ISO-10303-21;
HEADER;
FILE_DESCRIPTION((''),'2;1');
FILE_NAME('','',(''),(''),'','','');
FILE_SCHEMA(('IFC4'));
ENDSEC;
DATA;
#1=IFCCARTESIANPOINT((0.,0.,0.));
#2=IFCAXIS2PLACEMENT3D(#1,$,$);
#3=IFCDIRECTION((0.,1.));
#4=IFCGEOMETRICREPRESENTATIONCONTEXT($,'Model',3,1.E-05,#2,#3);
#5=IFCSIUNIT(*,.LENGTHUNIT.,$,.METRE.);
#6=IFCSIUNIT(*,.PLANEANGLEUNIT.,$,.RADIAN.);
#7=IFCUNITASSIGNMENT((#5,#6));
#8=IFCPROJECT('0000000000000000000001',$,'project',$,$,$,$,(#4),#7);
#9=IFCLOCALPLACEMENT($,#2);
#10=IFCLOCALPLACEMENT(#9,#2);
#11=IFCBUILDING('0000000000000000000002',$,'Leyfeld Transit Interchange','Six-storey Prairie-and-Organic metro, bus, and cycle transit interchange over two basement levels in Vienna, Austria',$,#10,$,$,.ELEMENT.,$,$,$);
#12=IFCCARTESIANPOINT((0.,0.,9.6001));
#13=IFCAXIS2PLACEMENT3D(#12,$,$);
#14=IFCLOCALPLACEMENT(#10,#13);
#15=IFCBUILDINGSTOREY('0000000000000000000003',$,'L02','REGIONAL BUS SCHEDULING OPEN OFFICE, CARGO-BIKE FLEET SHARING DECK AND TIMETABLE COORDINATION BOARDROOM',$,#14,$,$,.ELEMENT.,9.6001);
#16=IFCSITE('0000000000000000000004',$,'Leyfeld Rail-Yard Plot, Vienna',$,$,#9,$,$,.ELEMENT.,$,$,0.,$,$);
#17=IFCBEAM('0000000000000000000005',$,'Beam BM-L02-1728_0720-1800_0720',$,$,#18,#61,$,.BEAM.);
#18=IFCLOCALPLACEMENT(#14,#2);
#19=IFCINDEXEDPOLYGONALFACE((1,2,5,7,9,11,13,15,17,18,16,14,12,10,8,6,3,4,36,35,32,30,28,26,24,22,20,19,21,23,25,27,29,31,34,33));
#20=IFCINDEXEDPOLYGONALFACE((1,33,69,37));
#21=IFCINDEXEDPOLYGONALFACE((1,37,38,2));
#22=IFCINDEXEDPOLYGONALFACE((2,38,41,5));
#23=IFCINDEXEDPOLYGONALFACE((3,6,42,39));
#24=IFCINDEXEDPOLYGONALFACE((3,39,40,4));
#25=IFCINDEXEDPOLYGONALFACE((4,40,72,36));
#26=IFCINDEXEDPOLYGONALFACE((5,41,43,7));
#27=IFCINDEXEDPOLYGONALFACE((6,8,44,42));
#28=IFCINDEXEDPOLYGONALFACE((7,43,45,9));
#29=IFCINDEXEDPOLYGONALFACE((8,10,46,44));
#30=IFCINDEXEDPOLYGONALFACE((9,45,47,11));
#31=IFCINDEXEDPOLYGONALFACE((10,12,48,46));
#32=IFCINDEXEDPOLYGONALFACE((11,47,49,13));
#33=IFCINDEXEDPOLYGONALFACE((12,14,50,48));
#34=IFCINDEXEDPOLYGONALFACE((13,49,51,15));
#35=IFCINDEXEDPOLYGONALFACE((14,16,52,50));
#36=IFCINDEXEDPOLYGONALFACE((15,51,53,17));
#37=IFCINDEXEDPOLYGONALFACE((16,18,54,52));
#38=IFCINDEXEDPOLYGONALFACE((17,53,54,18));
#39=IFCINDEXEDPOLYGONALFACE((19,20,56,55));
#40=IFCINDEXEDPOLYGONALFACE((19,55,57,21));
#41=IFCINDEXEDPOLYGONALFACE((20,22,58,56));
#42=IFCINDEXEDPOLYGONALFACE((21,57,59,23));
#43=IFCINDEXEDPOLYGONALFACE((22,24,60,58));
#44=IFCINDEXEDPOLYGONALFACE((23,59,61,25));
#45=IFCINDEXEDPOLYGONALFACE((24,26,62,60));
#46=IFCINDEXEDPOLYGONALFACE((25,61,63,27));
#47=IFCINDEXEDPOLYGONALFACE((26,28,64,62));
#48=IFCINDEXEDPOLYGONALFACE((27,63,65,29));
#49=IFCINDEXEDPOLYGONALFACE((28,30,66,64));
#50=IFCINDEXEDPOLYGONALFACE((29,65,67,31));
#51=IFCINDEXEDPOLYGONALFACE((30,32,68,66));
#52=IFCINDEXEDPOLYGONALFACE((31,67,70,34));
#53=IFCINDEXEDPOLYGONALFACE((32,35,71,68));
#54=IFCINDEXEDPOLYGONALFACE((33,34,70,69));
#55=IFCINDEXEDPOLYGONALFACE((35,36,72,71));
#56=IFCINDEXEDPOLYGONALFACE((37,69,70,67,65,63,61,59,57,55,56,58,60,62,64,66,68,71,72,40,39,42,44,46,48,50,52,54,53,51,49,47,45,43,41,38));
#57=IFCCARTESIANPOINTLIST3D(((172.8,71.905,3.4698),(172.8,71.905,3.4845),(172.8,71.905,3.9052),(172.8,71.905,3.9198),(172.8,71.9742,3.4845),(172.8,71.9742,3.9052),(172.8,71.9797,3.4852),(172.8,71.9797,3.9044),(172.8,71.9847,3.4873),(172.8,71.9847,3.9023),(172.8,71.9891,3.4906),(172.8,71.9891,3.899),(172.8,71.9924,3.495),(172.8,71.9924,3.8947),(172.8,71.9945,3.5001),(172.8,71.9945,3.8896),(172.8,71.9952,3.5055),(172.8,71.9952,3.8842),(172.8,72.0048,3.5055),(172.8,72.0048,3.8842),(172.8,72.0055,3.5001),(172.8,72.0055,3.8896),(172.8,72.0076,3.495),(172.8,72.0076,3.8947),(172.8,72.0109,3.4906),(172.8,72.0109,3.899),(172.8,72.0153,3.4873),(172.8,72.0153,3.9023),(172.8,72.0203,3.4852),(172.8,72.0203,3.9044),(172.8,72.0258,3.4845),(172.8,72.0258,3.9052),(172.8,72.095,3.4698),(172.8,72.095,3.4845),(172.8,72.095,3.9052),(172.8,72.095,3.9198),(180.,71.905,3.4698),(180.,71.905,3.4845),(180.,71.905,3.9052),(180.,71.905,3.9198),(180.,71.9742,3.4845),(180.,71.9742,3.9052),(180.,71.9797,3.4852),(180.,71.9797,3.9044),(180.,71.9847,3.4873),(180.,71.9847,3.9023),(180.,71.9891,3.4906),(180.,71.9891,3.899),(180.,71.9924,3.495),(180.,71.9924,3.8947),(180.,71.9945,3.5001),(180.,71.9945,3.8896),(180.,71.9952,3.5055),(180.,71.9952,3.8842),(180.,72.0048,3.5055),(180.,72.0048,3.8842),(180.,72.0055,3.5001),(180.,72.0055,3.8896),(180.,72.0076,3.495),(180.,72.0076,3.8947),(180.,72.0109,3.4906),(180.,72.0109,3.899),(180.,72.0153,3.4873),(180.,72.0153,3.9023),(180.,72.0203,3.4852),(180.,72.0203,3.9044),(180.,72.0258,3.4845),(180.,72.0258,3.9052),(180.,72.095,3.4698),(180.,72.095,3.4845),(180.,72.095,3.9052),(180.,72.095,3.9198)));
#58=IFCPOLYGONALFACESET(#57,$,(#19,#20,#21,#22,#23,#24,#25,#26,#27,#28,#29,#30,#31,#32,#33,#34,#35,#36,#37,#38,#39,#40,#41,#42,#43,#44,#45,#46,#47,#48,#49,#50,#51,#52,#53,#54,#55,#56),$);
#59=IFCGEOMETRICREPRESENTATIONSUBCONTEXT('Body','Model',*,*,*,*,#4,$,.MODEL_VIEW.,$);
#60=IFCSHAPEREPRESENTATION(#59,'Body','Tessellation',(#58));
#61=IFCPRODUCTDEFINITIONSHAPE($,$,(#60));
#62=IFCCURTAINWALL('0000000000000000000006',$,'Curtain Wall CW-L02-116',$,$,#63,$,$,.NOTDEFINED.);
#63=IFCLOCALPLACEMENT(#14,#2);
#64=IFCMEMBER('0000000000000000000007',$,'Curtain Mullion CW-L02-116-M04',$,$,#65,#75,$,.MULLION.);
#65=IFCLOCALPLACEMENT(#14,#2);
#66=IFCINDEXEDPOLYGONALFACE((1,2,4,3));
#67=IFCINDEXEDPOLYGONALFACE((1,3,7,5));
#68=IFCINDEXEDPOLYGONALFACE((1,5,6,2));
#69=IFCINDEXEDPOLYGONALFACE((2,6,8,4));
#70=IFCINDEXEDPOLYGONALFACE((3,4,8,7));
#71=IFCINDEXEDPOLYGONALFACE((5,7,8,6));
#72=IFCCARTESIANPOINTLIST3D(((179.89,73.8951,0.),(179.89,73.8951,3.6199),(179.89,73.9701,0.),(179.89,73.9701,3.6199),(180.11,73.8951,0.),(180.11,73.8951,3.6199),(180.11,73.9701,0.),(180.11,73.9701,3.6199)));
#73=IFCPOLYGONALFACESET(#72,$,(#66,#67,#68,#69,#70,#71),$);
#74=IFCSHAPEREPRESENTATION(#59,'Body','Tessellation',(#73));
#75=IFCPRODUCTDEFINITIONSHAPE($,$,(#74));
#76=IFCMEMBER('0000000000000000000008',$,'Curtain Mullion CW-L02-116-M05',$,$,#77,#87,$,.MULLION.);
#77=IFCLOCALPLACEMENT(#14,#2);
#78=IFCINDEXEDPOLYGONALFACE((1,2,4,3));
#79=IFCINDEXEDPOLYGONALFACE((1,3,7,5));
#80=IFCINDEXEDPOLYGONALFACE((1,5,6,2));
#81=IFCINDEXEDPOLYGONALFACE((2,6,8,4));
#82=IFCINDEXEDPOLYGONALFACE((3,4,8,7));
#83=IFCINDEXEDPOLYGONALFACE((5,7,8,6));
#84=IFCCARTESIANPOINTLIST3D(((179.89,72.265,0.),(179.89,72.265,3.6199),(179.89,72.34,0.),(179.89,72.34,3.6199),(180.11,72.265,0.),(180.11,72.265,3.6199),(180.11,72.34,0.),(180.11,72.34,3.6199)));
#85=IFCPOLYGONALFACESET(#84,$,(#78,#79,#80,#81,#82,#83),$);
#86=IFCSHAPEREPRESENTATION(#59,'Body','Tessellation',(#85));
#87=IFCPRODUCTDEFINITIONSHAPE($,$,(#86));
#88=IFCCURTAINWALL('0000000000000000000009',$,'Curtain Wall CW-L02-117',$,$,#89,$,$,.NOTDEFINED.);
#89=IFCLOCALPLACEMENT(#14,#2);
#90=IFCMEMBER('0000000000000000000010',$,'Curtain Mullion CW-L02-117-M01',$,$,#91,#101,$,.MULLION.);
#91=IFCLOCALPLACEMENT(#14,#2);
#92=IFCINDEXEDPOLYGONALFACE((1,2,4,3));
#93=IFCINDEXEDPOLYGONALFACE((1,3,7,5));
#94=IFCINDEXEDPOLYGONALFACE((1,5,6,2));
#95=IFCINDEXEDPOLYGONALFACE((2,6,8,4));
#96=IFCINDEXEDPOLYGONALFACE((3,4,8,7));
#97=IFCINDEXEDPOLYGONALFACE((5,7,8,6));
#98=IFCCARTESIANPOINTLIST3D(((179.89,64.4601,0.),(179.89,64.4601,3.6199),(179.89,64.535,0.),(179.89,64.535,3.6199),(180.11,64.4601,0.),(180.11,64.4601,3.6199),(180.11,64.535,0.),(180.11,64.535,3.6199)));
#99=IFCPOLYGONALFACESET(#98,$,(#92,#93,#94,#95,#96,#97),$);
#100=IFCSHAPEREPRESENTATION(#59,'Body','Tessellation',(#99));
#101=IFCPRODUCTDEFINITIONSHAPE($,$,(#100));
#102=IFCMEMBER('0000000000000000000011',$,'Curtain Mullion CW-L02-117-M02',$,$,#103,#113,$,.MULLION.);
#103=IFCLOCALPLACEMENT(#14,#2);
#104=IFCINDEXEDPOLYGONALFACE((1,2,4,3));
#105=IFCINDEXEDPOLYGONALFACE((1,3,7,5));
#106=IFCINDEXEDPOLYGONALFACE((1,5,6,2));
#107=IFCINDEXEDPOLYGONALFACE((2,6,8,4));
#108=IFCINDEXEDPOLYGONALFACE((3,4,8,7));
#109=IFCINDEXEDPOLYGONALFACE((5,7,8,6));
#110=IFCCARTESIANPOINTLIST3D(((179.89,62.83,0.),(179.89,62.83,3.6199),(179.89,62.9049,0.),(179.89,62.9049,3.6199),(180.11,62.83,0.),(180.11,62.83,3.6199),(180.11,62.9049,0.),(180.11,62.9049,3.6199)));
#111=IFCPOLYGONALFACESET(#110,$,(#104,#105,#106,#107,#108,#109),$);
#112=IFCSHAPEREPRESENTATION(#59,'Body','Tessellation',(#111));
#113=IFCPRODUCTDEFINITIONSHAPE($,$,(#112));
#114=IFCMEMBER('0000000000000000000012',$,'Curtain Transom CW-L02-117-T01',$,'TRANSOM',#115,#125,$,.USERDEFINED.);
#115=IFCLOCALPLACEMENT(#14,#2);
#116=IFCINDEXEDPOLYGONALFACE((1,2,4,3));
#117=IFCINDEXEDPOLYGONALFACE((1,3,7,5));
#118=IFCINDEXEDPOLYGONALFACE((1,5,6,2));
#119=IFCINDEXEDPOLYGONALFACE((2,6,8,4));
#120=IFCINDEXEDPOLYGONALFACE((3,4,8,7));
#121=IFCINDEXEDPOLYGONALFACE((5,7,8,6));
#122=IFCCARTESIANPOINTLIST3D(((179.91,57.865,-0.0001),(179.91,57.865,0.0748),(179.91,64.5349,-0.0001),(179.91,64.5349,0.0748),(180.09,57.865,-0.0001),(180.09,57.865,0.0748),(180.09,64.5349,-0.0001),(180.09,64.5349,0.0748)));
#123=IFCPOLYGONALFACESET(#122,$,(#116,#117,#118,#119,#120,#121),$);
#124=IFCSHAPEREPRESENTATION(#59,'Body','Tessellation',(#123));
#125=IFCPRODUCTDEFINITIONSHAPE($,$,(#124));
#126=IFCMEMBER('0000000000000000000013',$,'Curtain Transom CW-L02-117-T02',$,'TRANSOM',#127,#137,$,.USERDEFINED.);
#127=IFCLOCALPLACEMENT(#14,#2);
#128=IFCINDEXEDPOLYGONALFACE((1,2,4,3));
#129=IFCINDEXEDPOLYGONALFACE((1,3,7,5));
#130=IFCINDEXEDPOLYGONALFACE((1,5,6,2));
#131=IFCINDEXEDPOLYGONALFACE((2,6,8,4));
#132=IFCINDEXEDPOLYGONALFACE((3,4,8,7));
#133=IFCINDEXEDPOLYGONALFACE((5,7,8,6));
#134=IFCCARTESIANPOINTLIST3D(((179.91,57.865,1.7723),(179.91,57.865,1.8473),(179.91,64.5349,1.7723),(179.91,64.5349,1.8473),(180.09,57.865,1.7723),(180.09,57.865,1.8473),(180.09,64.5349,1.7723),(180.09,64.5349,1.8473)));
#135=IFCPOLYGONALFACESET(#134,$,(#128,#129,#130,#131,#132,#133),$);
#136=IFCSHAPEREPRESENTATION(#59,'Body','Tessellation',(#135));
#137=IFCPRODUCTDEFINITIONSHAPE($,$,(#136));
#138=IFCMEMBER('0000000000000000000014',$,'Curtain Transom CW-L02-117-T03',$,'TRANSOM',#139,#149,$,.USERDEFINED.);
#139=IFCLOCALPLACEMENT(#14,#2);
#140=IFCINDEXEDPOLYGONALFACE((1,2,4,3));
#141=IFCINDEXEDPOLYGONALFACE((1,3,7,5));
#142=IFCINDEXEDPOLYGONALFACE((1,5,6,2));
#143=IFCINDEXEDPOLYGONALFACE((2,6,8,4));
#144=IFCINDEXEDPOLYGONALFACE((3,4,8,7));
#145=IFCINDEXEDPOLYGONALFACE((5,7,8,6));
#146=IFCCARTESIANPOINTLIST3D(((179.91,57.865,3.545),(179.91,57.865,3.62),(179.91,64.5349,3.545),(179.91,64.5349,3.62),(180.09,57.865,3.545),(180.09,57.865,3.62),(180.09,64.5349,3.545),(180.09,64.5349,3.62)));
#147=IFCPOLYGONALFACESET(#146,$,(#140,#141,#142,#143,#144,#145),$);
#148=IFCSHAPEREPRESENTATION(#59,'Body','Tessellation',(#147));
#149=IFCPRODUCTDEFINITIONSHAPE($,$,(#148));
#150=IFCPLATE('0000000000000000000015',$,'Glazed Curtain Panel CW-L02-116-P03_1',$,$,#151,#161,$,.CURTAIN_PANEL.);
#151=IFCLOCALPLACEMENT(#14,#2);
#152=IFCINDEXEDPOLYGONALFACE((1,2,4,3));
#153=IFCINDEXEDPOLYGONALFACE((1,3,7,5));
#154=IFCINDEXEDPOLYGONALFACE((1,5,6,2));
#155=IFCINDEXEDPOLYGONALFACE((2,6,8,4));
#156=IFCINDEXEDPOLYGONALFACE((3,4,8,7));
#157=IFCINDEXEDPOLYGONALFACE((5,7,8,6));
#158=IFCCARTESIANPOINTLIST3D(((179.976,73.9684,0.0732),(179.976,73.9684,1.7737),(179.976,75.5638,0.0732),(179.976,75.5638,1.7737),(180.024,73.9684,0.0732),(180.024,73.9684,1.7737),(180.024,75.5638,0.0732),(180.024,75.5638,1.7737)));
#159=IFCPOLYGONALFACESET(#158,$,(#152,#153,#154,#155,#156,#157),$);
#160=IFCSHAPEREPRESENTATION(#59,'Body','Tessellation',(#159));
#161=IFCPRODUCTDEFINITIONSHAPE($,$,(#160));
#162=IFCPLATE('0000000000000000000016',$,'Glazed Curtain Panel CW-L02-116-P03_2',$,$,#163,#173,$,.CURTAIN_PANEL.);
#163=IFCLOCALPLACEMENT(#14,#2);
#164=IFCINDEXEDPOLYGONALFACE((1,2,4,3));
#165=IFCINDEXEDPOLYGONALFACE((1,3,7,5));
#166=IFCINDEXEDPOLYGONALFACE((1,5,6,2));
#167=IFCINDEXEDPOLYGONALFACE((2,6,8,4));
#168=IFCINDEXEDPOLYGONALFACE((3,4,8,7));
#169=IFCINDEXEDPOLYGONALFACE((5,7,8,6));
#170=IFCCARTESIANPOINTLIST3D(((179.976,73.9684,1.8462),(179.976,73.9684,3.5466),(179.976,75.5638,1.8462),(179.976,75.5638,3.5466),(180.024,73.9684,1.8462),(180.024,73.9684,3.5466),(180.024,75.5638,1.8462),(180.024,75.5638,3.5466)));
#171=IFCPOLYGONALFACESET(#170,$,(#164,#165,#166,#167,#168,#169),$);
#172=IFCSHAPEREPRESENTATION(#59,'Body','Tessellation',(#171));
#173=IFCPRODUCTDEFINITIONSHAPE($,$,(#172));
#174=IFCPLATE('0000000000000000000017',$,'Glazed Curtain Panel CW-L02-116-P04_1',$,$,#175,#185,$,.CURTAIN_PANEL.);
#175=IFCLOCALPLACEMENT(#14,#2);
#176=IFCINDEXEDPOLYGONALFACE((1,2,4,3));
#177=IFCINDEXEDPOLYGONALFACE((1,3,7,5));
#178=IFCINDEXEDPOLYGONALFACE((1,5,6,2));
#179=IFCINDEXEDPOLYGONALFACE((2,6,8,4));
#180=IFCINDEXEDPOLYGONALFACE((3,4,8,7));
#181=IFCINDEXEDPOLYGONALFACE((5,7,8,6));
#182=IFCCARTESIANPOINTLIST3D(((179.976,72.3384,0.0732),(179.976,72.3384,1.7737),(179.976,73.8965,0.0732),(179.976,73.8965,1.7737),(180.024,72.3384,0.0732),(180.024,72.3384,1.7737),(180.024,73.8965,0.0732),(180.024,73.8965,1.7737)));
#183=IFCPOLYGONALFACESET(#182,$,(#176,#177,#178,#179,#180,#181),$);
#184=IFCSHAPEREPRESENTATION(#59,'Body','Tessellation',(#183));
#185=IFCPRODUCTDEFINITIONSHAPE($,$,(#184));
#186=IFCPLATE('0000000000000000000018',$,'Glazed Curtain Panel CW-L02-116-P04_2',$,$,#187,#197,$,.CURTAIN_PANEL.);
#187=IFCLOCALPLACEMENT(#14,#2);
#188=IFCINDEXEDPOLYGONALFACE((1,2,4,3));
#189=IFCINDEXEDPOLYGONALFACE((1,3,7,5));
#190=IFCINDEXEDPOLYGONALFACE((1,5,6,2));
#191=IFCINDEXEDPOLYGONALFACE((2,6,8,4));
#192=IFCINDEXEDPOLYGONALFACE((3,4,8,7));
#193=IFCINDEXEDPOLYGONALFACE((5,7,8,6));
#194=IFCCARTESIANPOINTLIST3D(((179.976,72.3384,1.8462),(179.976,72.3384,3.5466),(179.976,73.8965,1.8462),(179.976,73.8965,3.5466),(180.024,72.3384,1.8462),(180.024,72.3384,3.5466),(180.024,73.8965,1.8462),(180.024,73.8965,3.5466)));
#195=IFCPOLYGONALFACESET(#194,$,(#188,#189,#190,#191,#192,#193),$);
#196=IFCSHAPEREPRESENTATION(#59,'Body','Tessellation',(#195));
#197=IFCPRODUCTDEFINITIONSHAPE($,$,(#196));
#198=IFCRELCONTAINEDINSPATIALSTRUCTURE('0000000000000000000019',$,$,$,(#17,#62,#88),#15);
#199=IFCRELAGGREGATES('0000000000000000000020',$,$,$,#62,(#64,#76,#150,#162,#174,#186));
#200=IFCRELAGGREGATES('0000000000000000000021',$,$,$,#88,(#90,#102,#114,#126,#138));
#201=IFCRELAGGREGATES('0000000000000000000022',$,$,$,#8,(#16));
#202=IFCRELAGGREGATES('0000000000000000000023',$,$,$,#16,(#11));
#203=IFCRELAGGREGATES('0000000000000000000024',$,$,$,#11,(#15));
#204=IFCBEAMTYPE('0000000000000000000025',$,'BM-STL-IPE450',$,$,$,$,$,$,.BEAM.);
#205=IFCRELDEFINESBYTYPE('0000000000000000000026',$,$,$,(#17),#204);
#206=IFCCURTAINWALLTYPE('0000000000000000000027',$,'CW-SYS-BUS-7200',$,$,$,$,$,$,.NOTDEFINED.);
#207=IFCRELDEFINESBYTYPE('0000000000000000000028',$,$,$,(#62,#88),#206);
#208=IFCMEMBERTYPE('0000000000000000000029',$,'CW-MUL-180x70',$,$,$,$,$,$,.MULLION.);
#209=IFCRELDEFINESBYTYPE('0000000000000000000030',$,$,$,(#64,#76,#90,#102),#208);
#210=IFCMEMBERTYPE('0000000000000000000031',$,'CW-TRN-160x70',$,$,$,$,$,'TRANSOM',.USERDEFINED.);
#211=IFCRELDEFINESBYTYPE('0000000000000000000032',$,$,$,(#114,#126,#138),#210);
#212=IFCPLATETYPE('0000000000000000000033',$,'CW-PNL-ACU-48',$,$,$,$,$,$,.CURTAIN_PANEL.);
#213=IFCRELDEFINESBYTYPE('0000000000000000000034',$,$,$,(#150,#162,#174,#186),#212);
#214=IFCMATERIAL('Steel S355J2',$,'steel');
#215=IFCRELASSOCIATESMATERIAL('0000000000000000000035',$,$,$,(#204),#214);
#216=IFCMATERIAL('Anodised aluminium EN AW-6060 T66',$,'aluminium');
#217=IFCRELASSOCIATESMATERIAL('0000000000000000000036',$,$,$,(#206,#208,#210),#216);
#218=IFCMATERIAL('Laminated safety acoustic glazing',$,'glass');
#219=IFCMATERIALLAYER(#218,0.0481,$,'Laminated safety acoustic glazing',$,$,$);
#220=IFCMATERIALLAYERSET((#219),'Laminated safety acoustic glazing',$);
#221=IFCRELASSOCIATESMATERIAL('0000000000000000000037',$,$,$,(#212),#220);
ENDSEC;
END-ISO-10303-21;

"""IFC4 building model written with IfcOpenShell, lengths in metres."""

from ifc_helpers import new_model, si_unit, direction, frame, origin, origin_2d, place, context, subcontext, project, spatial, rectangle, i_section, extrude, material, layer, layer_set, material_profile, profile_set, type_object, element, aggregate, save


model = new_model("IFC4")

# Units and contexts
model_context = context("Model", 3, precision=1e-05, world=origin(), true_north=direction((0.0, 1.0)))
body_context = subcontext(model_context, "Body", "Model", "MODEL_VIEW")
ifc_project = project(units=[si_unit("LENGTHUNIT", "METRE"), si_unit("PLANEANGLEUNIT", "RADIAN")], contexts=[model_context])

# Site, building, storey
site_placement = place(None, origin())
site = spatial("IfcSite", under=ifc_project, at=site_placement, Name="Leyfeld Rail-Yard Plot, Vienna", CompositionType="ELEMENT", RefElevation=0.0)
building_placement = place(site_placement, origin())
building = spatial("IfcBuilding", under=site, at=building_placement, Name="Leyfeld Transit Interchange", Description="Six-storey Prairie-and-Organic metro, bus, and cycle transit interchange over two basement levels in Vienna, Austria", CompositionType="ELEMENT")
storey_placement = place(building_placement, frame((0.0, 0.0, 9.6001)))
storey = spatial("IfcBuildingStorey", under=building, at=storey_placement, Name="L02", Description="REGIONAL BUS SCHEDULING OPEN OFFICE, CARGO-BIKE FLEET SHARING DECK AND TIMETABLE COORDINATION BOARDROOM", CompositionType="ELEMENT", Elevation=9.6001)

# Beam
ifc_material_1 = material(Name="Steel S355J2", Category="steel")
ifc_material_profile_1 = material_profile(ifc_material_1, i_section(OverallWidth=0.1899, OverallDepth=0.45, WebThickness=0.0095, FlangeThickness=0.0146, FilletRadius=0.021, at=origin_2d()), Name="IPE 450")
ifc_profile_set_1 = profile_set([ifc_material_profile_1], Name="Steel S355J2")
beam_type_1 = type_object("IfcBeamType", Name="BM-STL-IPE450", PredefinedType="BEAM", material=ifc_profile_set_1)
beam_1_placement = place(storey_placement, frame((172.8, 72.0, 3.6948), z_axis=(1.0, 0.0, 0.0), x_axis=(0.0, 1.0, 0.0)))
element("IfcBeam", 1, at=beam_1_placement, inside=storey, type_object=beam_type_1, Name="Beam BM-L02-1728_0720-1800_0720", PredefinedType="BEAM", context=body_context, shape_type="SweptSolid", body=[
    extrude(i_section(OverallWidth=0.1899, OverallDepth=0.45, WebThickness=0.0095, FlangeThickness=0.0146, FilletRadius=0.021, at=origin_2d()), origin(), (0.0, 0.0, 1.0), 7.2),
])

# Curtain walls, members
ifc_material_2 = material(Name="Anodised aluminium EN AW-6060 T66", Category="aluminium")
curtain_wall_type = type_object("IfcCurtainWallType", Name="CW-SYS-BUS-7200", PredefinedType="NOTDEFINED", material=ifc_material_2)
curtain_wall_1_placement = place(storey_placement, origin())
curtain_wall_1 = element("IfcCurtainWall", 2, at=curtain_wall_1_placement, inside=storey, type_object=curtain_wall_type, Name="Curtain Wall CW-L02-116", PredefinedType="NOTDEFINED")
ifc_material_profile_2 = material_profile(ifc_material_2, rectangle(XDim=0.075, YDim=0.22, at=origin_2d()), Name="CW-M 75x220")
ifc_profile_set_2 = profile_set([ifc_material_profile_2], Name="Anodised aluminium EN AW-6060 T66")
member_type_1 = type_object("IfcMemberType", Name="CW-MUL-180x70", PredefinedType="MULLION", material=ifc_profile_set_2)
member_1_placement = place(storey_placement, frame((180.0, 73.9326, 0.0), z_axis=(0.0, 0.0, 1.0), x_axis=(0.0, -1.0, 0.0)))
member_1 = element("IfcMember", 3, at=member_1_placement, type_object=member_type_1, Name="Curtain Mullion CW-L02-116-M04", PredefinedType="MULLION", context=body_context, shape_type="SweptSolid", body=[
    extrude(rectangle(XDim=0.075, YDim=0.22, at=origin_2d()), origin(), (0.0, 0.0, 1.0), 3.6199),
])
member_2_placement = place(storey_placement, frame((180.0, 72.3025, 0.0), z_axis=(0.0, 0.0, 1.0), x_axis=(0.0, -1.0, 0.0)))
member_2 = element("IfcMember", 4, at=member_2_placement, type_object=member_type_1, Name="Curtain Mullion CW-L02-116-M05", PredefinedType="MULLION", context=body_context, shape_type="SweptSolid", body=[
    extrude(rectangle(XDim=0.075, YDim=0.22, at=origin_2d()), origin(), (0.0, 0.0, 1.0), 3.6199),
])
curtain_wall_2_placement = place(storey_placement, origin())
curtain_wall_2 = element("IfcCurtainWall", 5, at=curtain_wall_2_placement, inside=storey, type_object=curtain_wall_type, Name="Curtain Wall CW-L02-117", PredefinedType="NOTDEFINED")
member_3_placement = place(storey_placement, frame((180.0, 64.4976, 0.0), z_axis=(0.0, 0.0, 1.0), x_axis=(0.0, -1.0, 0.0)))
member_3 = element("IfcMember", 6, at=member_3_placement, type_object=member_type_1, Name="Curtain Mullion CW-L02-117-M01", PredefinedType="MULLION", context=body_context, shape_type="SweptSolid", body=[
    extrude(rectangle(XDim=0.075, YDim=0.22, at=origin_2d()), origin(), (0.0, 0.0, 1.0), 3.6199),
])
member_4_placement = place(storey_placement, frame((180.0, 62.8674, 0.0), z_axis=(0.0, 0.0, 1.0), x_axis=(0.0, -1.0, 0.0)))
member_4 = element("IfcMember", 7, at=member_4_placement, type_object=member_type_1, Name="Curtain Mullion CW-L02-117-M02", PredefinedType="MULLION", context=body_context, shape_type="SweptSolid", body=[
    extrude(rectangle(XDim=0.075, YDim=0.22, at=origin_2d()), origin(), (0.0, 0.0, 1.0), 3.6199),
])
ifc_material_profile_3 = material_profile(ifc_material_2, rectangle(XDim=0.1799, YDim=0.075, at=origin_2d()), Name="CW-TRN-160x70")
ifc_profile_set_3 = profile_set([ifc_material_profile_3], Name="Anodised aluminium EN AW-6060 T66")
member_type_2 = type_object("IfcMemberType", Name="CW-TRN-160x70", ElementType="TRANSOM", PredefinedType="USERDEFINED", material=ifc_profile_set_3)
member_5_placement = place(storey_placement, frame((180.0, 64.5349, 0.0374), z_axis=(0.0, -1.0, 0.0), x_axis=(1.0, 0.0, 0.0)))
member_5 = element("IfcMember", 8, at=member_5_placement, type_object=member_type_2, Name="Curtain Transom CW-L02-117-T01", ObjectType="TRANSOM", PredefinedType="USERDEFINED", context=body_context, shape_type="SweptSolid", body=[
    extrude(rectangle(XDim=0.1799, YDim=0.075, at=origin_2d()), origin(), (0.0, 0.0, 1.0), 6.6699),
])
member_6_placement = place(storey_placement, frame((180.0, 64.5349, 1.8098), z_axis=(0.0, -1.0, 0.0), x_axis=(1.0, 0.0, 0.0)))
member_6 = element("IfcMember", 9, at=member_6_placement, type_object=member_type_2, Name="Curtain Transom CW-L02-117-T02", ObjectType="TRANSOM", PredefinedType="USERDEFINED", context=body_context, shape_type="SweptSolid", body=[
    extrude(rectangle(XDim=0.1799, YDim=0.075, at=origin_2d()), origin(), (0.0, 0.0, 1.0), 6.6699),
])
member_7_placement = place(storey_placement, frame((180.0, 64.5349, 3.5825), z_axis=(0.0, -1.0, 0.0), x_axis=(1.0, 0.0, 0.0)))
member_7 = element("IfcMember", 10, at=member_7_placement, type_object=member_type_2, Name="Curtain Transom CW-L02-117-T03", ObjectType="TRANSOM", PredefinedType="USERDEFINED", context=body_context, shape_type="SweptSolid", body=[
    extrude(rectangle(XDim=0.1799, YDim=0.075, at=origin_2d()), origin(), (0.0, 0.0, 1.0), 6.6699),
])

# Plates
ifc_material_3 = material(Name="Laminated safety acoustic glazing", Category="glass")
ifc_layer_1 = layer(ifc_material_3, 0.0481, Name="Laminated safety acoustic glazing")
ifc_layer_set_1 = layer_set([ifc_layer_1], Name="Laminated safety acoustic glazing")
plate_type = type_object("IfcPlateType", Name="CW-PNL-ACU-48", PredefinedType="CURTAIN_PANEL", material=ifc_layer_set_1)
plate_1_placement = place(storey_placement, frame((180.0, 74.7661, 0.0732), z_axis=(0.0, 0.0, 1.0), x_axis=(0.0, -1.0, 0.0)))
plate_1 = element("IfcPlate", 11, at=plate_1_placement, type_object=plate_type, Name="Glazed Curtain Panel CW-L02-116-P03_1", PredefinedType="CURTAIN_PANEL", context=body_context, shape_type="SweptSolid", body=[
    extrude(rectangle(XDim=1.5955, YDim=0.0481, at=origin_2d()), origin(), (0.0, 0.0, 1.0), 1.7004),
])
plate_2_placement = place(storey_placement, frame((180.0, 74.7661, 1.8462), z_axis=(0.0, 0.0, 1.0), x_axis=(0.0, -1.0, 0.0)))
plate_2 = element("IfcPlate", 12, at=plate_2_placement, type_object=plate_type, Name="Glazed Curtain Panel CW-L02-116-P03_2", PredefinedType="CURTAIN_PANEL", context=body_context, shape_type="SweptSolid", body=[
    extrude(rectangle(XDim=1.5955, YDim=0.0481, at=origin_2d()), origin(), (0.0, 0.0, 1.0), 1.7004),
])
plate_3_placement = place(storey_placement, frame((180.0, 73.1174, 0.0732), z_axis=(0.0, 0.0, 1.0), x_axis=(0.0, -1.0, 0.0)))
plate_3 = element("IfcPlate", 13, at=plate_3_placement, type_object=plate_type, Name="Glazed Curtain Panel CW-L02-116-P04_1", PredefinedType="CURTAIN_PANEL", context=body_context, shape_type="SweptSolid", body=[
    extrude(rectangle(XDim=1.5581, YDim=0.0481, at=origin_2d()), origin(), (0.0, 0.0, 1.0), 1.7004),
])
plate_4_placement = place(storey_placement, frame((180.0, 73.1174, 1.8462), z_axis=(0.0, 0.0, 1.0), x_axis=(0.0, -1.0, 0.0)))
plate_4 = element("IfcPlate", 14, at=plate_4_placement, type_object=plate_type, Name="Glazed Curtain Panel CW-L02-116-P04_2", PredefinedType="CURTAIN_PANEL", context=body_context, shape_type="SweptSolid", body=[
    extrude(rectangle(XDim=1.5581, YDim=0.0481, at=origin_2d()), origin(), (0.0, 0.0, 1.0), 1.7004),
])
aggregate(curtain_wall_1, [member_1, member_2, plate_1, plate_2, plate_3, plate_4])
aggregate(curtain_wall_2, [member_3, member_4, member_5, member_6, member_7])

save(model, "model.ifc")
